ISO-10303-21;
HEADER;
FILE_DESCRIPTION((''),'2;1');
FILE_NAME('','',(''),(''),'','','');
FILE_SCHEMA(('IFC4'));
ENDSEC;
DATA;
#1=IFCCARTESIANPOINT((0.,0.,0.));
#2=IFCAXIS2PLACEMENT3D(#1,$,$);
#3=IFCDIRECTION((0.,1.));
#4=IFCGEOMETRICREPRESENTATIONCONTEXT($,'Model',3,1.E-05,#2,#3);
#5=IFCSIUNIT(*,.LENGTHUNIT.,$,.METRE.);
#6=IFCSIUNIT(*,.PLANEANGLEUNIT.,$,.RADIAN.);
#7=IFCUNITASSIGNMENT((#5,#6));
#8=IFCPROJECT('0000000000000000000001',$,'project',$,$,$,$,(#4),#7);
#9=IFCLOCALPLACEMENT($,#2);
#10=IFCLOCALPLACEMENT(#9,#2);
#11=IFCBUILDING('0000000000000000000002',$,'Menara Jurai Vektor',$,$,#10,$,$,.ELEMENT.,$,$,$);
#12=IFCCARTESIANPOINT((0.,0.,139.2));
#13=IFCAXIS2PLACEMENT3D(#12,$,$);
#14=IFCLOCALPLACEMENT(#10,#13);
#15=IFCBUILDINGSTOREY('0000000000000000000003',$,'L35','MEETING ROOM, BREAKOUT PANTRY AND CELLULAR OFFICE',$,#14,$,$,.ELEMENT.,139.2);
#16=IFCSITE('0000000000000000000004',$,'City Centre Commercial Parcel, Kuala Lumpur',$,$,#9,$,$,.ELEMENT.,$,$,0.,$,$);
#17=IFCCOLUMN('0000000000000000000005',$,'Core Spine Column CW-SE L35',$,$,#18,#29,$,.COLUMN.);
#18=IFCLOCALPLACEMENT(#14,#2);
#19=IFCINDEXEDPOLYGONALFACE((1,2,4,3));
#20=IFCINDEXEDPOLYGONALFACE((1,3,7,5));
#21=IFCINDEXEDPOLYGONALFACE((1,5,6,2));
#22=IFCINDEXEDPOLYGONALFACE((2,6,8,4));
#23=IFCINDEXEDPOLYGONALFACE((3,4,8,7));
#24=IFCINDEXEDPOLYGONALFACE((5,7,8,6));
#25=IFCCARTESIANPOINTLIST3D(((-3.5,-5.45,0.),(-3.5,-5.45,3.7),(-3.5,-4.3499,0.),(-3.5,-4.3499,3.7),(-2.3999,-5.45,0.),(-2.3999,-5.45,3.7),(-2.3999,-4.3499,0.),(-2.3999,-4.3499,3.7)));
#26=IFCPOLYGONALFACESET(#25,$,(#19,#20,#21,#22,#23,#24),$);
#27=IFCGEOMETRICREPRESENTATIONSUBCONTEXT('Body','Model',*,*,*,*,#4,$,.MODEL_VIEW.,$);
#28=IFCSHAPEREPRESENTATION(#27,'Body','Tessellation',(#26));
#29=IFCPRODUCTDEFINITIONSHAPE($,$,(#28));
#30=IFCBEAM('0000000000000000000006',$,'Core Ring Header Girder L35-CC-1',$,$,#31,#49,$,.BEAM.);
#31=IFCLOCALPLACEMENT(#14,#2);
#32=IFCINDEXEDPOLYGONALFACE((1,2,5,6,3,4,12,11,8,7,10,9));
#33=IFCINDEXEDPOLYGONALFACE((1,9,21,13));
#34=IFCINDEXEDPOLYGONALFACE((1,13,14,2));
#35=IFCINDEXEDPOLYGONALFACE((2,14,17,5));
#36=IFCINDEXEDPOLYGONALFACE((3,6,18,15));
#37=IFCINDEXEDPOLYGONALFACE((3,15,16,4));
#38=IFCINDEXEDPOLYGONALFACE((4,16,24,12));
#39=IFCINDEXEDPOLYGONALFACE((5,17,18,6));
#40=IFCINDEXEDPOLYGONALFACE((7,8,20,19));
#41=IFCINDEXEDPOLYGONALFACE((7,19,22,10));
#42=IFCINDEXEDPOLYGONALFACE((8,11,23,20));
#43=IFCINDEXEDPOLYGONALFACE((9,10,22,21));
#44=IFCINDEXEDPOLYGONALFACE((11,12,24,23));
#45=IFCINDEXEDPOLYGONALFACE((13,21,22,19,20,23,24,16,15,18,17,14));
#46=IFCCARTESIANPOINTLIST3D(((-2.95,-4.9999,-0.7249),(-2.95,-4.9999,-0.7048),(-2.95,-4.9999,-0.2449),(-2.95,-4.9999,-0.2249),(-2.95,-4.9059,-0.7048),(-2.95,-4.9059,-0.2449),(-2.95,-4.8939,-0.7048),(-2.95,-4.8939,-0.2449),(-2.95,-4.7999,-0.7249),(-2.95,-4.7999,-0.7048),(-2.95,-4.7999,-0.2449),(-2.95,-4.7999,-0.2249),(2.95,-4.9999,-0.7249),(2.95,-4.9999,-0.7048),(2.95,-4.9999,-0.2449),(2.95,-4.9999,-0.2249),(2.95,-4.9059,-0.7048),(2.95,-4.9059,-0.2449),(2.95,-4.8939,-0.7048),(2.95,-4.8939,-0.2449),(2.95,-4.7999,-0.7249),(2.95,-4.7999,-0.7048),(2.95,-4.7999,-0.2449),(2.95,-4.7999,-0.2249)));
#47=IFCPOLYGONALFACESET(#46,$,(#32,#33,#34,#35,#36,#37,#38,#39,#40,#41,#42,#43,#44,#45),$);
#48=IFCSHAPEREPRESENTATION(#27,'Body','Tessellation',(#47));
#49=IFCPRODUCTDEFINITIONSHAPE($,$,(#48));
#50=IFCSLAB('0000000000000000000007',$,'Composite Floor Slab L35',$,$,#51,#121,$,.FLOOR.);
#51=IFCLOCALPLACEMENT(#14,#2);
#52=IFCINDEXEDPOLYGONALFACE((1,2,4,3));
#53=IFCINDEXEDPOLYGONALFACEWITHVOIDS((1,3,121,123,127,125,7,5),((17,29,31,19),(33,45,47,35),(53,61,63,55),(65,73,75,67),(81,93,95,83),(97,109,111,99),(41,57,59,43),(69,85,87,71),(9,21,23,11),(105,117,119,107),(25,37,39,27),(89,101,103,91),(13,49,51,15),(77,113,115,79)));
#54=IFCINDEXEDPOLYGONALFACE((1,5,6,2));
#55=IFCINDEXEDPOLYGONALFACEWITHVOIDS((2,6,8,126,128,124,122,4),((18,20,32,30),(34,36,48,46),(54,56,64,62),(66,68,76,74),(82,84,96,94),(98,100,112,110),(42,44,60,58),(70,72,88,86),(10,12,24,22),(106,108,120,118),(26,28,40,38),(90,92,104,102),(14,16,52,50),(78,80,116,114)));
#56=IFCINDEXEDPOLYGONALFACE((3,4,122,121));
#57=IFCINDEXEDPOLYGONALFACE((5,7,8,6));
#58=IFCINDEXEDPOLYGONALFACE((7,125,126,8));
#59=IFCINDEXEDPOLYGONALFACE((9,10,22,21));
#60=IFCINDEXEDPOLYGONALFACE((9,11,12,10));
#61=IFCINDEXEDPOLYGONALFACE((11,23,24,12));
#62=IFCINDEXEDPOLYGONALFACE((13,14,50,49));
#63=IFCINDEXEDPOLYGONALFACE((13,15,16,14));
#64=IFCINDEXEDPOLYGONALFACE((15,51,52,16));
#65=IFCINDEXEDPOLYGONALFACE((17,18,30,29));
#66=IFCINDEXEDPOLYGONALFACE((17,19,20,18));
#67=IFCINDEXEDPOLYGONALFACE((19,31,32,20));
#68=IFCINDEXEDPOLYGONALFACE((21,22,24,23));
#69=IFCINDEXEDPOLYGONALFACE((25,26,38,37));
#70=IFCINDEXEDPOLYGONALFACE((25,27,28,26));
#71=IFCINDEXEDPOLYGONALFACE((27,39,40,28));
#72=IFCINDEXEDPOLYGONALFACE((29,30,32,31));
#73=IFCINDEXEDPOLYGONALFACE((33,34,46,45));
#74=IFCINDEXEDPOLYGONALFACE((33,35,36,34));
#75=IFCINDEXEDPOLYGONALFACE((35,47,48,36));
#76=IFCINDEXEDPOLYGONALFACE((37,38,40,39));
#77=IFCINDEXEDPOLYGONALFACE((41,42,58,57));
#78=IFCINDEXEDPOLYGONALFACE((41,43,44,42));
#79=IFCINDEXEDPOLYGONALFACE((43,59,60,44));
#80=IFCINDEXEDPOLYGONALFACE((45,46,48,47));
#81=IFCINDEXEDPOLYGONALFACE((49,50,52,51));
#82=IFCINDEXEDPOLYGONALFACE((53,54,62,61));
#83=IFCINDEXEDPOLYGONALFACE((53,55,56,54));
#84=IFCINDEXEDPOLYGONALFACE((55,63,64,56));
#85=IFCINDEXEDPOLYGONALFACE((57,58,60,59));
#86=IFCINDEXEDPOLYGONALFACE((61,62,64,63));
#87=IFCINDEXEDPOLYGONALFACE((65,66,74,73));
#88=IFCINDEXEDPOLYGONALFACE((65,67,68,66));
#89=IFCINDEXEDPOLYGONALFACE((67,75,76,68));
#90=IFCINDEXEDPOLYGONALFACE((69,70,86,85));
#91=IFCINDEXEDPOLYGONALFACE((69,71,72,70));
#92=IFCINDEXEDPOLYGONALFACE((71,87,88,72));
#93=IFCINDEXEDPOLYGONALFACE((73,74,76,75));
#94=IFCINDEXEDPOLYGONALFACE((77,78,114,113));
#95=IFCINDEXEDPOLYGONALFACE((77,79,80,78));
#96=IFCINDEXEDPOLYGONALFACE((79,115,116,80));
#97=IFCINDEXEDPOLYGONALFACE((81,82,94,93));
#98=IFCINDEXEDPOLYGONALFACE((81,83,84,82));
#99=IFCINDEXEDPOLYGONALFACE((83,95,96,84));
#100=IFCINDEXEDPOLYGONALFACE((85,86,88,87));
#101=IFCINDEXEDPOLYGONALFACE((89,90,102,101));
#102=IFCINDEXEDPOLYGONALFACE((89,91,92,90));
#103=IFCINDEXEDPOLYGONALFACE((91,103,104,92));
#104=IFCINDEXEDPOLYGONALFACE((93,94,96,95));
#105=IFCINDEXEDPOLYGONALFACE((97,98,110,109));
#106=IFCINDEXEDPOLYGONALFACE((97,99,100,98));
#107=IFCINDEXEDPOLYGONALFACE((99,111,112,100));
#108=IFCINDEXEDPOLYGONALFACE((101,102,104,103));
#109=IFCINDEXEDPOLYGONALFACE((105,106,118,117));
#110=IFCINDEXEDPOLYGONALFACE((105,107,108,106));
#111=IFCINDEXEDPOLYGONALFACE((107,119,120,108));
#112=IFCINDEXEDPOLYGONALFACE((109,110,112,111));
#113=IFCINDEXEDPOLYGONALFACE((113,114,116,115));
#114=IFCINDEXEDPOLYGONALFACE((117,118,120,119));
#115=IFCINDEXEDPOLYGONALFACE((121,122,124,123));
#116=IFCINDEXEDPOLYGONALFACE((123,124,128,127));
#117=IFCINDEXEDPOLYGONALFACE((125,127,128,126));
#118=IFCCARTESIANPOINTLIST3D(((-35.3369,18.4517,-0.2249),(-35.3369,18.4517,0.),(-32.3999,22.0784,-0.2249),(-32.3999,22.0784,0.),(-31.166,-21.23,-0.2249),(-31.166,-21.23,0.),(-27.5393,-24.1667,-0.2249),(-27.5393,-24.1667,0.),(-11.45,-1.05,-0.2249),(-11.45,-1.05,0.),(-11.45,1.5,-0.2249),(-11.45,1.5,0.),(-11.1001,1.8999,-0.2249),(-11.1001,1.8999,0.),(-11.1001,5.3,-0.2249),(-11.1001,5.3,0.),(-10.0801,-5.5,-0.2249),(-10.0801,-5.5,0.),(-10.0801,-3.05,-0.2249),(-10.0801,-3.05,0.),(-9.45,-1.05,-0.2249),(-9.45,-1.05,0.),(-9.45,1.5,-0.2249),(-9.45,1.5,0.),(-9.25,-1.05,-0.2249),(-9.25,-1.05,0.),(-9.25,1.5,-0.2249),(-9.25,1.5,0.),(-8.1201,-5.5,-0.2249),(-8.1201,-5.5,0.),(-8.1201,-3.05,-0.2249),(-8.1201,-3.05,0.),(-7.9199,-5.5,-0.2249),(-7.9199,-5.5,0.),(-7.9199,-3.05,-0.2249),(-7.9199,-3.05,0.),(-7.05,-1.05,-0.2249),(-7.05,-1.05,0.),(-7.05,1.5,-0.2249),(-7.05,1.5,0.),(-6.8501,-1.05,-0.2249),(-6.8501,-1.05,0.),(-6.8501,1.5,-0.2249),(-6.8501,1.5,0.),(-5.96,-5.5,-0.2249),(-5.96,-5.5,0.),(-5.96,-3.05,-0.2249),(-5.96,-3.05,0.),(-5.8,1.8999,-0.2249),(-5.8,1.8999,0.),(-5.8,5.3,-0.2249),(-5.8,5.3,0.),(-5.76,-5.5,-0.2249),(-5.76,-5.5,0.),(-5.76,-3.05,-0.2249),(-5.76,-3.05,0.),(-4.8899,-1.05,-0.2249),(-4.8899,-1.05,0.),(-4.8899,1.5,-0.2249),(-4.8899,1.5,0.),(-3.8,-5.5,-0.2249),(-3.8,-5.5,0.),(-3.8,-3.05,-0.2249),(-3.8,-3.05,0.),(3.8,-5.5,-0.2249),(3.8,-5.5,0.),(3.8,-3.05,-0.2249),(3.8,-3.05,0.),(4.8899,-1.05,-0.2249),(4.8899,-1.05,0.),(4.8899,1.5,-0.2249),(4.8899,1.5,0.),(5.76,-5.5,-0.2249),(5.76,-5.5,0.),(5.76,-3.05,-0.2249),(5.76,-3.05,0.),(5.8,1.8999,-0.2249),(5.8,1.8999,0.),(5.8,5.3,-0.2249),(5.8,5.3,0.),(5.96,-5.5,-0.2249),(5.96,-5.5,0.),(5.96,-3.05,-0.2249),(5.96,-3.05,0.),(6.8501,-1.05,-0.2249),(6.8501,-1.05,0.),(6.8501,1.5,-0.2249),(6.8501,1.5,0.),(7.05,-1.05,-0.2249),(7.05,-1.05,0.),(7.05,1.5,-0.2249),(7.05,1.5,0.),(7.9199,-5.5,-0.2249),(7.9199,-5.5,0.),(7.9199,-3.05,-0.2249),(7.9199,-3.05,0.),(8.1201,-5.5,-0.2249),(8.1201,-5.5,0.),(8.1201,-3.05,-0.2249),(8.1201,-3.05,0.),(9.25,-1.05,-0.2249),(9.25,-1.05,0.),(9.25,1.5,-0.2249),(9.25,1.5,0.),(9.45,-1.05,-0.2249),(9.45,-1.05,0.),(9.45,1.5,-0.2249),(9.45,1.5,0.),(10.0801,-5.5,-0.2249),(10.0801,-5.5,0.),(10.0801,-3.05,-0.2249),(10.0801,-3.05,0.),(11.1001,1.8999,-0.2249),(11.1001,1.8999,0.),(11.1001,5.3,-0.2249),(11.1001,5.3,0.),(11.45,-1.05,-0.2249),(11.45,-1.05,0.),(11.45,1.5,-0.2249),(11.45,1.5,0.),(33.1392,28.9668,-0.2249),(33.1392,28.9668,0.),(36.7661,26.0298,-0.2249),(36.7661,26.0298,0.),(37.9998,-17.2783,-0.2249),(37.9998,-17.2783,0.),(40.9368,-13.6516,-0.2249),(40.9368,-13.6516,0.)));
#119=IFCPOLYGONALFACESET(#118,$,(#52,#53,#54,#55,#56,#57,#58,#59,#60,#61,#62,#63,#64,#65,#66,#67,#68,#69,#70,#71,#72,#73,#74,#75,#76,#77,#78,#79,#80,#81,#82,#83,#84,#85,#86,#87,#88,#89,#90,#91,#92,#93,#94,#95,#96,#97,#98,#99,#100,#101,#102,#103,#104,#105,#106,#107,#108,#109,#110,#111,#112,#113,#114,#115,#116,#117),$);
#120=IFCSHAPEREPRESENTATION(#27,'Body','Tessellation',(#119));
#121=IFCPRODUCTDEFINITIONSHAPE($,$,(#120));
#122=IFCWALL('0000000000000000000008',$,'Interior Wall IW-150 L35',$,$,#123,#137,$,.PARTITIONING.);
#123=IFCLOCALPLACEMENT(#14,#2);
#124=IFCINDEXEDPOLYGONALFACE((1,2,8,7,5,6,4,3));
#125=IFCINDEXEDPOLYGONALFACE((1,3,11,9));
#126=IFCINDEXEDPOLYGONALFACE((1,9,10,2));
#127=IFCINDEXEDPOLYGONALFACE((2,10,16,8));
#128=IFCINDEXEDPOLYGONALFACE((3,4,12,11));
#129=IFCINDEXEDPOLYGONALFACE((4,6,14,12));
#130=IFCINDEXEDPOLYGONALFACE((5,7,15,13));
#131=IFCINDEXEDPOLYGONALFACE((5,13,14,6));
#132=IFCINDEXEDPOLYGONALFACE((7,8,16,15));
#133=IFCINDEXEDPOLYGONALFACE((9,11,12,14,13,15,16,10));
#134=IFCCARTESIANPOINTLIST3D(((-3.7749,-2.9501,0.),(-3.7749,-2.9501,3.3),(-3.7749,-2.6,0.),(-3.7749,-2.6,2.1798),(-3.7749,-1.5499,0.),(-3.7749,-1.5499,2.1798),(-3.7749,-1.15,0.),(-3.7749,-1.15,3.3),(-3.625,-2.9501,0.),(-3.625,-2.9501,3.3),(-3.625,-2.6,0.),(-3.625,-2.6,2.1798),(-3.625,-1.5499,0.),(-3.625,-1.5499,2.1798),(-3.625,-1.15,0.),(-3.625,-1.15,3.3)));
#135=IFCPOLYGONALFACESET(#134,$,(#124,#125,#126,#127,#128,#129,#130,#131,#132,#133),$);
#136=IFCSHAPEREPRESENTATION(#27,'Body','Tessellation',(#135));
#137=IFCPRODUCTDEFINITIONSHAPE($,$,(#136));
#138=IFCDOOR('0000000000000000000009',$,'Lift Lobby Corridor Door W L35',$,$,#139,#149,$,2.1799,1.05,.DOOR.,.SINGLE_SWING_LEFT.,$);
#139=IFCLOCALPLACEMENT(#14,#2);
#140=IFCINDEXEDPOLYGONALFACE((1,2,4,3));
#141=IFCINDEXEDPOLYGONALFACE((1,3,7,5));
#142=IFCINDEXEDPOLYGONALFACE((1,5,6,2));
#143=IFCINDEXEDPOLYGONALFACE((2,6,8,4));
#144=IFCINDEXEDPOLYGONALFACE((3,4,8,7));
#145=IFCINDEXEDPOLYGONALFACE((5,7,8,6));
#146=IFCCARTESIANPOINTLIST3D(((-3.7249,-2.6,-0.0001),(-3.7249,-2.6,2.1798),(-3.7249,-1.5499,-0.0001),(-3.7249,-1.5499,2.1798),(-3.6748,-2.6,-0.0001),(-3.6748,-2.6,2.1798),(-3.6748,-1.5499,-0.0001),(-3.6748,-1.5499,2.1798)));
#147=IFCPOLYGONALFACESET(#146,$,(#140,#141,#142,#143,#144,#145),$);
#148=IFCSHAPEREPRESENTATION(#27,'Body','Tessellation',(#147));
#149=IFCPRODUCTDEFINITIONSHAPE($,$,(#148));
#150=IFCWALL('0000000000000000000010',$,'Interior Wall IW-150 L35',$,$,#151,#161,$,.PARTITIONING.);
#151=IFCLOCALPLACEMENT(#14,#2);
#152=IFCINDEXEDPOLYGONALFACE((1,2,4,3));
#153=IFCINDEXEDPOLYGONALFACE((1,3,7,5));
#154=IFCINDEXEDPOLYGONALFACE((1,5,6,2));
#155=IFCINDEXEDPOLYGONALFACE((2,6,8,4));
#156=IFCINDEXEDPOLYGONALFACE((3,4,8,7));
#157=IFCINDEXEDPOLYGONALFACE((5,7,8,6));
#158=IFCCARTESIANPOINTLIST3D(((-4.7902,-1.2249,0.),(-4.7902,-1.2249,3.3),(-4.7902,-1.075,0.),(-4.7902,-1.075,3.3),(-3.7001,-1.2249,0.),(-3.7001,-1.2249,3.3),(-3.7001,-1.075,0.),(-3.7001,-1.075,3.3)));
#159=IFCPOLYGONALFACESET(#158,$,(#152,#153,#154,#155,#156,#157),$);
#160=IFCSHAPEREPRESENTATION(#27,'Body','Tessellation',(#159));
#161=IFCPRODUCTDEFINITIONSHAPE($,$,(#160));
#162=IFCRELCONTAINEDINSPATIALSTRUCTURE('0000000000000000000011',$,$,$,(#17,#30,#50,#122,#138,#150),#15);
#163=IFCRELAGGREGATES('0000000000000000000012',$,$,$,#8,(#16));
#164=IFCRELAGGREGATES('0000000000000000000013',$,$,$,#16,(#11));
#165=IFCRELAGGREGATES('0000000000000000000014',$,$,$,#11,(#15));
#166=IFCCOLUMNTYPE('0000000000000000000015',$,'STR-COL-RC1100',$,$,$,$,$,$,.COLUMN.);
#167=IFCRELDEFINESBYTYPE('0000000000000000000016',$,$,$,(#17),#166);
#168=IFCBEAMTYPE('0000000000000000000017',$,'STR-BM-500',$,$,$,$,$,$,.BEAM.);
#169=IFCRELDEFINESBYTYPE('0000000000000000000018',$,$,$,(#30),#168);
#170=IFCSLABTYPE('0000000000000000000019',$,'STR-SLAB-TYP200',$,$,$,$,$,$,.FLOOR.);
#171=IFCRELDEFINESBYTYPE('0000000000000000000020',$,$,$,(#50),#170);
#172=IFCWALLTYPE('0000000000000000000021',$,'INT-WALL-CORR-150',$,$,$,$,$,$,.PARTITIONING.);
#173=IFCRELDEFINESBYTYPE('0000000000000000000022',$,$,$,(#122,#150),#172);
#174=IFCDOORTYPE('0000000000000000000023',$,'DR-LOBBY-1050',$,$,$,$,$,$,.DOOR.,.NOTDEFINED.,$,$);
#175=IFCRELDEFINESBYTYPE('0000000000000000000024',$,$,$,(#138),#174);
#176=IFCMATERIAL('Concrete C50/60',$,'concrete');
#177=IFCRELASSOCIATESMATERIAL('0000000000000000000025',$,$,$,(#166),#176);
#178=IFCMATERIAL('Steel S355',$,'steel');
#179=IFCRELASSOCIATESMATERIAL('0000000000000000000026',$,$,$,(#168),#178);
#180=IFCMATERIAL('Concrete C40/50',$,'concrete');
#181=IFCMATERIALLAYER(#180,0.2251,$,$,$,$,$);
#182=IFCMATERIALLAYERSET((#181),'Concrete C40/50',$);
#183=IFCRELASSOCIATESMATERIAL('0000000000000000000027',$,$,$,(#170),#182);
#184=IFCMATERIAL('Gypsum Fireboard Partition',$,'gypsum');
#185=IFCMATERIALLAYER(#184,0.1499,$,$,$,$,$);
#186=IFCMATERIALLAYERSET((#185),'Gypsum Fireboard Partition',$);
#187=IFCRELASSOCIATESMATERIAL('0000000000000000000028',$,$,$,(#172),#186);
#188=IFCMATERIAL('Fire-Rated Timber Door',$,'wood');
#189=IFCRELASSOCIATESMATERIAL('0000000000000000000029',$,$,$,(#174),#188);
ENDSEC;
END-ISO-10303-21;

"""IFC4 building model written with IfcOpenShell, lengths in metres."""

from ifc_helpers import new_model, si_unit, direction, frame, frame_2d, origin, origin_2d, place, context, subcontext, project, spatial, polyline, rectangle, i_section, outline, extrude, material, layer, layer_set, material_profile, profile_set, type_object, element, fill, save


model = new_model("IFC4")

# Units and contexts
model_context = context("Model", 3, precision=1e-05, world=origin(), true_north=direction((0.0, 1.0)))
body_context = subcontext(model_context, "Body", "Model", "MODEL_VIEW")
ifc_project = project(units=[si_unit("LENGTHUNIT", "METRE"), si_unit("PLANEANGLEUNIT", "RADIAN")], contexts=[model_context])

# Site, building, storey
site_placement = place(None, origin())
site = spatial("IfcSite", under=ifc_project, at=site_placement, Name="City Centre Commercial Parcel, Kuala Lumpur", CompositionType="ELEMENT", RefElevation=0.0)
building_placement = place(site_placement, origin())
building = spatial("IfcBuilding", under=site, at=building_placement, Name="Menara Jurai Vektor", CompositionType="ELEMENT")
storey_placement = place(building_placement, frame((0.0, 0.0, 139.2)))
storey = spatial("IfcBuildingStorey", under=building, at=storey_placement, Name="L35", Description="MEETING ROOM, BREAKOUT PANTRY AND CELLULAR OFFICE", CompositionType="ELEMENT", Elevation=139.2)

# Column
ifc_material_1 = material(Name="Concrete C50/60", Category="concrete")
ifc_material_profile_1 = material_profile(ifc_material_1, rectangle(XDim=1.1001, YDim=1.1001, at=origin_2d()), Name="RC 1100x1100")
ifc_profile_set_1 = profile_set([ifc_material_profile_1], Name="Concrete C50/60")
column_type = type_object("IfcColumnType", Name="STR-COL-RC1100", PredefinedType="COLUMN", material=ifc_profile_set_1)
column_placement = place(storey_placement, frame((-2.95, -4.8999, 0.0), z_axis=(0.0, 0.0, 1.0), x_axis=(1.0, 0.0, 0.0)))
element("IfcColumn", 1, at=column_placement, inside=storey, type_object=column_type, Name="Core Spine Column CW-SE L35", PredefinedType="COLUMN", context=body_context, shape_type="SweptSolid", body=[
    extrude(rectangle(XDim=1.1001, YDim=1.1001, at=origin_2d()), origin(), (0.0, 0.0, 1.0), 3.7),
])

# Beam
ifc_material_2 = material(Name="Steel S355", Category="steel")
ifc_material_profile_2 = material_profile(ifc_material_2, i_section(OverallWidth=0.2, OverallDepth=0.5, WebThickness=0.012, FlangeThickness=0.02, at=origin_2d()), Name="PG 500x200x96")
ifc_profile_set_2 = profile_set([ifc_material_profile_2], Name="Steel S355")
beam_type = type_object("IfcBeamType", Name="STR-BM-500", PredefinedType="BEAM", material=ifc_profile_set_2)
beam_placement = place(storey_placement, frame((-2.95, -4.8999, -0.4749), z_axis=(1.0, 0.0, 0.0), x_axis=(0.0, 1.0, 0.0)))
element("IfcBeam", 2, at=beam_placement, inside=storey, type_object=beam_type, Name="Core Ring Header Girder L35-CC-1", PredefinedType="BEAM", context=body_context, shape_type="SweptSolid", body=[
    extrude(i_section(OverallWidth=0.2, OverallDepth=0.5, WebThickness=0.012, FlangeThickness=0.02, at=origin_2d()), origin(), (0.0, 0.0, 1.0), 5.8999),
])

# Slab
ifc_material_3 = material(Name="Concrete C40/50", Category="concrete")
ifc_layer_1 = layer(ifc_material_3, 0.2251)
ifc_layer_set_1 = layer_set([ifc_layer_1], Name="Concrete C40/50")
slab_type = type_object("IfcSlabType", Name="STR-SLAB-TYP200", PredefinedType="FLOOR", material=ifc_layer_set_1)
slab_placement = place(storey_placement, frame((0.0, 0.0, -0.2249)))
element("IfcSlab", 3, at=slab_placement, inside=storey, type_object=slab_type, Name="Composite Floor Slab L35", PredefinedType="FLOOR", context=body_context, shape_type="SweptSolid", body=[
    extrude(outline(polyline([(-27.5393, -24.1667), (37.9998, -17.2783), (40.9368, -13.6516), (36.7661, 26.0298), (33.1392, 28.9668), (-32.3999, 22.0784), (-35.3369, 18.4517), (-31.166, -21.23), (-27.5393, -24.1667)]), holes=[polyline([(-11.1001, 1.8999), (-11.1001, 5.3), (-5.8, 5.3), (-5.8, 1.8999), (-11.1001, 1.8999)]), polyline([(5.8, 1.8999), (5.8, 5.3), (11.1001, 5.3), (11.1001, 1.8999), (5.8, 1.8999)]), polyline([(-11.45, -1.05), (-11.45, 1.5), (-9.45, 1.5), (-9.45, -1.05), (-11.45, -1.05)]), polyline([(9.45, -1.05), (9.45, 1.5), (11.45, 1.5), (11.45, -1.05), (9.45, -1.05)]), polyline([(-5.76, -5.5), (-5.76, -3.05), (-3.8, -3.05), (-3.8, -5.5), (-5.76, -5.5)]), polyline([(-6.8501, -1.05), (-6.8501, 1.5), (-4.8899, 1.5), (-4.8899, -1.05), (-6.8501, -1.05)]), polyline([(3.8, -5.5), (3.8, -3.05), (5.76, -3.05), (5.76, -5.5), (3.8, -5.5)]), polyline([(4.8899, -1.05), (4.8899, 1.5), (6.8501, 1.5), (6.8501, -1.05), (4.8899, -1.05)]), polyline([(-10.0801, -5.5), (-10.0801, -3.05), (-8.1201, -3.05), (-8.1201, -5.5), (-10.0801, -5.5)]), polyline([(-7.9199, -5.5), (-7.9199, -3.05), (-5.96, -3.05), (-5.96, -5.5), (-7.9199, -5.5)]), polyline([(5.96, -5.5), (5.96, -3.05), (7.9199, -3.05), (7.9199, -5.5), (5.96, -5.5)]), polyline([(8.1201, -5.5), (8.1201, -3.05), (10.0801, -3.05), (10.0801, -5.5), (8.1201, -5.5)]), polyline([(-9.25, -1.05), (-9.25, 1.5), (-7.05, 1.5), (-7.05, -1.05), (-9.25, -1.05)]), polyline([(7.05, -1.05), (7.05, 1.5), (9.25, 1.5), (9.25, -1.05), (7.05, -1.05)])]), origin(), (0.0, 0.0, 1.0), 0.2249),
])

# Wall, opening, door
ifc_material_4 = material(Name="Gypsum Fireboard Partition", Category="gypsum")
ifc_layer_2 = layer(ifc_material_4, 0.1499)
ifc_layer_set_2 = layer_set([ifc_layer_2], Name="Gypsum Fireboard Partition")
wall_type_1 = type_object("IfcWallType", Name="INT-WALL-CORR-150", PredefinedType="PARTITIONING", material=ifc_layer_set_2)
wall_1_placement = place(storey_placement, frame((-3.7, -2.95, 0.0), z_axis=(0.0, 0.0, 1.0), x_axis=(0.0, 1.0, 0.0)))
wall_1 = element("IfcWall", 4, at=wall_1_placement, inside=storey, type_object=wall_type_1, Name="Interior Wall IW-150 L35", PredefinedType="PARTITIONING", context=body_context, shape_type="SweptSolid", body=[
    extrude(rectangle(XDim=1.8, YDim=0.1499, at=frame_2d((0.8999, 0.0))), origin(), (0.0, 0.0, 1.0), 3.3),
])
opening_1_placement = place(wall_1_placement, frame((0.3501, 0.0, 0.0)))
opening_1 = element("IfcOpeningElement", 5, at=opening_1_placement, cuts=wall_1, PredefinedType="OPENING", context=body_context, shape_type="SweptSolid", body=[
    extrude(rectangle(XDim=1.05, YDim=2.1799, at=frame_2d((0.5249, 1.0898))), frame((0.0, 0.085, 0.0), z_axis=(0.0, -1.0, 0.0), x_axis=(1.0, 0.0, 0.0)), (0.0, 0.0, 1.0), 0.1699),
])
ifc_material_5 = material(Name="Fire-Rated Timber Door", Category="wood")
door_type_1 = type_object("IfcDoorType", Name="DR-LOBBY-1050", OperationType="NOTDEFINED", PredefinedType="DOOR", material=ifc_material_5)
door_1_placement = place(opening_1_placement, origin())
door_1 = element("IfcDoor", 6, at=door_1_placement, inside=storey, type_object=door_type_1, Name="Lift Lobby Corridor Door W L35", OperationType="SINGLE_SWING_LEFT", OverallHeight=2.1799, OverallWidth=1.05, PredefinedType="DOOR", context=body_context, shape_type="SweptSolid", body=[
    extrude(rectangle(XDim=1.05, YDim=2.1799, at=frame_2d((0.5249, 1.0898))), frame((0.0, 0.0249, 0.0), z_axis=(0.0, -1.0, 0.0), x_axis=(1.0, 0.0, 0.0)), (0.0, 0.0, 1.0), 0.05),
])
fill(opening_1, door_1)

# Wall
wall_2_placement = place(storey_placement, frame((-4.79, -1.1499, 0.0), z_axis=(0.0, 0.0, 1.0), x_axis=(1.0, 0.0, 0.0)))
element("IfcWall", 7, at=wall_2_placement, inside=storey, type_object=wall_type_1, Name="Interior Wall IW-150 L35", PredefinedType="PARTITIONING", context=body_context, shape_type="SweptSolid", body=[
    extrude(rectangle(XDim=1.0901, YDim=0.1499, at=frame_2d((0.5449, 0.0))), origin(), (0.0, 0.0, 1.0), 3.3),
])

save(model, "model.ifc")
